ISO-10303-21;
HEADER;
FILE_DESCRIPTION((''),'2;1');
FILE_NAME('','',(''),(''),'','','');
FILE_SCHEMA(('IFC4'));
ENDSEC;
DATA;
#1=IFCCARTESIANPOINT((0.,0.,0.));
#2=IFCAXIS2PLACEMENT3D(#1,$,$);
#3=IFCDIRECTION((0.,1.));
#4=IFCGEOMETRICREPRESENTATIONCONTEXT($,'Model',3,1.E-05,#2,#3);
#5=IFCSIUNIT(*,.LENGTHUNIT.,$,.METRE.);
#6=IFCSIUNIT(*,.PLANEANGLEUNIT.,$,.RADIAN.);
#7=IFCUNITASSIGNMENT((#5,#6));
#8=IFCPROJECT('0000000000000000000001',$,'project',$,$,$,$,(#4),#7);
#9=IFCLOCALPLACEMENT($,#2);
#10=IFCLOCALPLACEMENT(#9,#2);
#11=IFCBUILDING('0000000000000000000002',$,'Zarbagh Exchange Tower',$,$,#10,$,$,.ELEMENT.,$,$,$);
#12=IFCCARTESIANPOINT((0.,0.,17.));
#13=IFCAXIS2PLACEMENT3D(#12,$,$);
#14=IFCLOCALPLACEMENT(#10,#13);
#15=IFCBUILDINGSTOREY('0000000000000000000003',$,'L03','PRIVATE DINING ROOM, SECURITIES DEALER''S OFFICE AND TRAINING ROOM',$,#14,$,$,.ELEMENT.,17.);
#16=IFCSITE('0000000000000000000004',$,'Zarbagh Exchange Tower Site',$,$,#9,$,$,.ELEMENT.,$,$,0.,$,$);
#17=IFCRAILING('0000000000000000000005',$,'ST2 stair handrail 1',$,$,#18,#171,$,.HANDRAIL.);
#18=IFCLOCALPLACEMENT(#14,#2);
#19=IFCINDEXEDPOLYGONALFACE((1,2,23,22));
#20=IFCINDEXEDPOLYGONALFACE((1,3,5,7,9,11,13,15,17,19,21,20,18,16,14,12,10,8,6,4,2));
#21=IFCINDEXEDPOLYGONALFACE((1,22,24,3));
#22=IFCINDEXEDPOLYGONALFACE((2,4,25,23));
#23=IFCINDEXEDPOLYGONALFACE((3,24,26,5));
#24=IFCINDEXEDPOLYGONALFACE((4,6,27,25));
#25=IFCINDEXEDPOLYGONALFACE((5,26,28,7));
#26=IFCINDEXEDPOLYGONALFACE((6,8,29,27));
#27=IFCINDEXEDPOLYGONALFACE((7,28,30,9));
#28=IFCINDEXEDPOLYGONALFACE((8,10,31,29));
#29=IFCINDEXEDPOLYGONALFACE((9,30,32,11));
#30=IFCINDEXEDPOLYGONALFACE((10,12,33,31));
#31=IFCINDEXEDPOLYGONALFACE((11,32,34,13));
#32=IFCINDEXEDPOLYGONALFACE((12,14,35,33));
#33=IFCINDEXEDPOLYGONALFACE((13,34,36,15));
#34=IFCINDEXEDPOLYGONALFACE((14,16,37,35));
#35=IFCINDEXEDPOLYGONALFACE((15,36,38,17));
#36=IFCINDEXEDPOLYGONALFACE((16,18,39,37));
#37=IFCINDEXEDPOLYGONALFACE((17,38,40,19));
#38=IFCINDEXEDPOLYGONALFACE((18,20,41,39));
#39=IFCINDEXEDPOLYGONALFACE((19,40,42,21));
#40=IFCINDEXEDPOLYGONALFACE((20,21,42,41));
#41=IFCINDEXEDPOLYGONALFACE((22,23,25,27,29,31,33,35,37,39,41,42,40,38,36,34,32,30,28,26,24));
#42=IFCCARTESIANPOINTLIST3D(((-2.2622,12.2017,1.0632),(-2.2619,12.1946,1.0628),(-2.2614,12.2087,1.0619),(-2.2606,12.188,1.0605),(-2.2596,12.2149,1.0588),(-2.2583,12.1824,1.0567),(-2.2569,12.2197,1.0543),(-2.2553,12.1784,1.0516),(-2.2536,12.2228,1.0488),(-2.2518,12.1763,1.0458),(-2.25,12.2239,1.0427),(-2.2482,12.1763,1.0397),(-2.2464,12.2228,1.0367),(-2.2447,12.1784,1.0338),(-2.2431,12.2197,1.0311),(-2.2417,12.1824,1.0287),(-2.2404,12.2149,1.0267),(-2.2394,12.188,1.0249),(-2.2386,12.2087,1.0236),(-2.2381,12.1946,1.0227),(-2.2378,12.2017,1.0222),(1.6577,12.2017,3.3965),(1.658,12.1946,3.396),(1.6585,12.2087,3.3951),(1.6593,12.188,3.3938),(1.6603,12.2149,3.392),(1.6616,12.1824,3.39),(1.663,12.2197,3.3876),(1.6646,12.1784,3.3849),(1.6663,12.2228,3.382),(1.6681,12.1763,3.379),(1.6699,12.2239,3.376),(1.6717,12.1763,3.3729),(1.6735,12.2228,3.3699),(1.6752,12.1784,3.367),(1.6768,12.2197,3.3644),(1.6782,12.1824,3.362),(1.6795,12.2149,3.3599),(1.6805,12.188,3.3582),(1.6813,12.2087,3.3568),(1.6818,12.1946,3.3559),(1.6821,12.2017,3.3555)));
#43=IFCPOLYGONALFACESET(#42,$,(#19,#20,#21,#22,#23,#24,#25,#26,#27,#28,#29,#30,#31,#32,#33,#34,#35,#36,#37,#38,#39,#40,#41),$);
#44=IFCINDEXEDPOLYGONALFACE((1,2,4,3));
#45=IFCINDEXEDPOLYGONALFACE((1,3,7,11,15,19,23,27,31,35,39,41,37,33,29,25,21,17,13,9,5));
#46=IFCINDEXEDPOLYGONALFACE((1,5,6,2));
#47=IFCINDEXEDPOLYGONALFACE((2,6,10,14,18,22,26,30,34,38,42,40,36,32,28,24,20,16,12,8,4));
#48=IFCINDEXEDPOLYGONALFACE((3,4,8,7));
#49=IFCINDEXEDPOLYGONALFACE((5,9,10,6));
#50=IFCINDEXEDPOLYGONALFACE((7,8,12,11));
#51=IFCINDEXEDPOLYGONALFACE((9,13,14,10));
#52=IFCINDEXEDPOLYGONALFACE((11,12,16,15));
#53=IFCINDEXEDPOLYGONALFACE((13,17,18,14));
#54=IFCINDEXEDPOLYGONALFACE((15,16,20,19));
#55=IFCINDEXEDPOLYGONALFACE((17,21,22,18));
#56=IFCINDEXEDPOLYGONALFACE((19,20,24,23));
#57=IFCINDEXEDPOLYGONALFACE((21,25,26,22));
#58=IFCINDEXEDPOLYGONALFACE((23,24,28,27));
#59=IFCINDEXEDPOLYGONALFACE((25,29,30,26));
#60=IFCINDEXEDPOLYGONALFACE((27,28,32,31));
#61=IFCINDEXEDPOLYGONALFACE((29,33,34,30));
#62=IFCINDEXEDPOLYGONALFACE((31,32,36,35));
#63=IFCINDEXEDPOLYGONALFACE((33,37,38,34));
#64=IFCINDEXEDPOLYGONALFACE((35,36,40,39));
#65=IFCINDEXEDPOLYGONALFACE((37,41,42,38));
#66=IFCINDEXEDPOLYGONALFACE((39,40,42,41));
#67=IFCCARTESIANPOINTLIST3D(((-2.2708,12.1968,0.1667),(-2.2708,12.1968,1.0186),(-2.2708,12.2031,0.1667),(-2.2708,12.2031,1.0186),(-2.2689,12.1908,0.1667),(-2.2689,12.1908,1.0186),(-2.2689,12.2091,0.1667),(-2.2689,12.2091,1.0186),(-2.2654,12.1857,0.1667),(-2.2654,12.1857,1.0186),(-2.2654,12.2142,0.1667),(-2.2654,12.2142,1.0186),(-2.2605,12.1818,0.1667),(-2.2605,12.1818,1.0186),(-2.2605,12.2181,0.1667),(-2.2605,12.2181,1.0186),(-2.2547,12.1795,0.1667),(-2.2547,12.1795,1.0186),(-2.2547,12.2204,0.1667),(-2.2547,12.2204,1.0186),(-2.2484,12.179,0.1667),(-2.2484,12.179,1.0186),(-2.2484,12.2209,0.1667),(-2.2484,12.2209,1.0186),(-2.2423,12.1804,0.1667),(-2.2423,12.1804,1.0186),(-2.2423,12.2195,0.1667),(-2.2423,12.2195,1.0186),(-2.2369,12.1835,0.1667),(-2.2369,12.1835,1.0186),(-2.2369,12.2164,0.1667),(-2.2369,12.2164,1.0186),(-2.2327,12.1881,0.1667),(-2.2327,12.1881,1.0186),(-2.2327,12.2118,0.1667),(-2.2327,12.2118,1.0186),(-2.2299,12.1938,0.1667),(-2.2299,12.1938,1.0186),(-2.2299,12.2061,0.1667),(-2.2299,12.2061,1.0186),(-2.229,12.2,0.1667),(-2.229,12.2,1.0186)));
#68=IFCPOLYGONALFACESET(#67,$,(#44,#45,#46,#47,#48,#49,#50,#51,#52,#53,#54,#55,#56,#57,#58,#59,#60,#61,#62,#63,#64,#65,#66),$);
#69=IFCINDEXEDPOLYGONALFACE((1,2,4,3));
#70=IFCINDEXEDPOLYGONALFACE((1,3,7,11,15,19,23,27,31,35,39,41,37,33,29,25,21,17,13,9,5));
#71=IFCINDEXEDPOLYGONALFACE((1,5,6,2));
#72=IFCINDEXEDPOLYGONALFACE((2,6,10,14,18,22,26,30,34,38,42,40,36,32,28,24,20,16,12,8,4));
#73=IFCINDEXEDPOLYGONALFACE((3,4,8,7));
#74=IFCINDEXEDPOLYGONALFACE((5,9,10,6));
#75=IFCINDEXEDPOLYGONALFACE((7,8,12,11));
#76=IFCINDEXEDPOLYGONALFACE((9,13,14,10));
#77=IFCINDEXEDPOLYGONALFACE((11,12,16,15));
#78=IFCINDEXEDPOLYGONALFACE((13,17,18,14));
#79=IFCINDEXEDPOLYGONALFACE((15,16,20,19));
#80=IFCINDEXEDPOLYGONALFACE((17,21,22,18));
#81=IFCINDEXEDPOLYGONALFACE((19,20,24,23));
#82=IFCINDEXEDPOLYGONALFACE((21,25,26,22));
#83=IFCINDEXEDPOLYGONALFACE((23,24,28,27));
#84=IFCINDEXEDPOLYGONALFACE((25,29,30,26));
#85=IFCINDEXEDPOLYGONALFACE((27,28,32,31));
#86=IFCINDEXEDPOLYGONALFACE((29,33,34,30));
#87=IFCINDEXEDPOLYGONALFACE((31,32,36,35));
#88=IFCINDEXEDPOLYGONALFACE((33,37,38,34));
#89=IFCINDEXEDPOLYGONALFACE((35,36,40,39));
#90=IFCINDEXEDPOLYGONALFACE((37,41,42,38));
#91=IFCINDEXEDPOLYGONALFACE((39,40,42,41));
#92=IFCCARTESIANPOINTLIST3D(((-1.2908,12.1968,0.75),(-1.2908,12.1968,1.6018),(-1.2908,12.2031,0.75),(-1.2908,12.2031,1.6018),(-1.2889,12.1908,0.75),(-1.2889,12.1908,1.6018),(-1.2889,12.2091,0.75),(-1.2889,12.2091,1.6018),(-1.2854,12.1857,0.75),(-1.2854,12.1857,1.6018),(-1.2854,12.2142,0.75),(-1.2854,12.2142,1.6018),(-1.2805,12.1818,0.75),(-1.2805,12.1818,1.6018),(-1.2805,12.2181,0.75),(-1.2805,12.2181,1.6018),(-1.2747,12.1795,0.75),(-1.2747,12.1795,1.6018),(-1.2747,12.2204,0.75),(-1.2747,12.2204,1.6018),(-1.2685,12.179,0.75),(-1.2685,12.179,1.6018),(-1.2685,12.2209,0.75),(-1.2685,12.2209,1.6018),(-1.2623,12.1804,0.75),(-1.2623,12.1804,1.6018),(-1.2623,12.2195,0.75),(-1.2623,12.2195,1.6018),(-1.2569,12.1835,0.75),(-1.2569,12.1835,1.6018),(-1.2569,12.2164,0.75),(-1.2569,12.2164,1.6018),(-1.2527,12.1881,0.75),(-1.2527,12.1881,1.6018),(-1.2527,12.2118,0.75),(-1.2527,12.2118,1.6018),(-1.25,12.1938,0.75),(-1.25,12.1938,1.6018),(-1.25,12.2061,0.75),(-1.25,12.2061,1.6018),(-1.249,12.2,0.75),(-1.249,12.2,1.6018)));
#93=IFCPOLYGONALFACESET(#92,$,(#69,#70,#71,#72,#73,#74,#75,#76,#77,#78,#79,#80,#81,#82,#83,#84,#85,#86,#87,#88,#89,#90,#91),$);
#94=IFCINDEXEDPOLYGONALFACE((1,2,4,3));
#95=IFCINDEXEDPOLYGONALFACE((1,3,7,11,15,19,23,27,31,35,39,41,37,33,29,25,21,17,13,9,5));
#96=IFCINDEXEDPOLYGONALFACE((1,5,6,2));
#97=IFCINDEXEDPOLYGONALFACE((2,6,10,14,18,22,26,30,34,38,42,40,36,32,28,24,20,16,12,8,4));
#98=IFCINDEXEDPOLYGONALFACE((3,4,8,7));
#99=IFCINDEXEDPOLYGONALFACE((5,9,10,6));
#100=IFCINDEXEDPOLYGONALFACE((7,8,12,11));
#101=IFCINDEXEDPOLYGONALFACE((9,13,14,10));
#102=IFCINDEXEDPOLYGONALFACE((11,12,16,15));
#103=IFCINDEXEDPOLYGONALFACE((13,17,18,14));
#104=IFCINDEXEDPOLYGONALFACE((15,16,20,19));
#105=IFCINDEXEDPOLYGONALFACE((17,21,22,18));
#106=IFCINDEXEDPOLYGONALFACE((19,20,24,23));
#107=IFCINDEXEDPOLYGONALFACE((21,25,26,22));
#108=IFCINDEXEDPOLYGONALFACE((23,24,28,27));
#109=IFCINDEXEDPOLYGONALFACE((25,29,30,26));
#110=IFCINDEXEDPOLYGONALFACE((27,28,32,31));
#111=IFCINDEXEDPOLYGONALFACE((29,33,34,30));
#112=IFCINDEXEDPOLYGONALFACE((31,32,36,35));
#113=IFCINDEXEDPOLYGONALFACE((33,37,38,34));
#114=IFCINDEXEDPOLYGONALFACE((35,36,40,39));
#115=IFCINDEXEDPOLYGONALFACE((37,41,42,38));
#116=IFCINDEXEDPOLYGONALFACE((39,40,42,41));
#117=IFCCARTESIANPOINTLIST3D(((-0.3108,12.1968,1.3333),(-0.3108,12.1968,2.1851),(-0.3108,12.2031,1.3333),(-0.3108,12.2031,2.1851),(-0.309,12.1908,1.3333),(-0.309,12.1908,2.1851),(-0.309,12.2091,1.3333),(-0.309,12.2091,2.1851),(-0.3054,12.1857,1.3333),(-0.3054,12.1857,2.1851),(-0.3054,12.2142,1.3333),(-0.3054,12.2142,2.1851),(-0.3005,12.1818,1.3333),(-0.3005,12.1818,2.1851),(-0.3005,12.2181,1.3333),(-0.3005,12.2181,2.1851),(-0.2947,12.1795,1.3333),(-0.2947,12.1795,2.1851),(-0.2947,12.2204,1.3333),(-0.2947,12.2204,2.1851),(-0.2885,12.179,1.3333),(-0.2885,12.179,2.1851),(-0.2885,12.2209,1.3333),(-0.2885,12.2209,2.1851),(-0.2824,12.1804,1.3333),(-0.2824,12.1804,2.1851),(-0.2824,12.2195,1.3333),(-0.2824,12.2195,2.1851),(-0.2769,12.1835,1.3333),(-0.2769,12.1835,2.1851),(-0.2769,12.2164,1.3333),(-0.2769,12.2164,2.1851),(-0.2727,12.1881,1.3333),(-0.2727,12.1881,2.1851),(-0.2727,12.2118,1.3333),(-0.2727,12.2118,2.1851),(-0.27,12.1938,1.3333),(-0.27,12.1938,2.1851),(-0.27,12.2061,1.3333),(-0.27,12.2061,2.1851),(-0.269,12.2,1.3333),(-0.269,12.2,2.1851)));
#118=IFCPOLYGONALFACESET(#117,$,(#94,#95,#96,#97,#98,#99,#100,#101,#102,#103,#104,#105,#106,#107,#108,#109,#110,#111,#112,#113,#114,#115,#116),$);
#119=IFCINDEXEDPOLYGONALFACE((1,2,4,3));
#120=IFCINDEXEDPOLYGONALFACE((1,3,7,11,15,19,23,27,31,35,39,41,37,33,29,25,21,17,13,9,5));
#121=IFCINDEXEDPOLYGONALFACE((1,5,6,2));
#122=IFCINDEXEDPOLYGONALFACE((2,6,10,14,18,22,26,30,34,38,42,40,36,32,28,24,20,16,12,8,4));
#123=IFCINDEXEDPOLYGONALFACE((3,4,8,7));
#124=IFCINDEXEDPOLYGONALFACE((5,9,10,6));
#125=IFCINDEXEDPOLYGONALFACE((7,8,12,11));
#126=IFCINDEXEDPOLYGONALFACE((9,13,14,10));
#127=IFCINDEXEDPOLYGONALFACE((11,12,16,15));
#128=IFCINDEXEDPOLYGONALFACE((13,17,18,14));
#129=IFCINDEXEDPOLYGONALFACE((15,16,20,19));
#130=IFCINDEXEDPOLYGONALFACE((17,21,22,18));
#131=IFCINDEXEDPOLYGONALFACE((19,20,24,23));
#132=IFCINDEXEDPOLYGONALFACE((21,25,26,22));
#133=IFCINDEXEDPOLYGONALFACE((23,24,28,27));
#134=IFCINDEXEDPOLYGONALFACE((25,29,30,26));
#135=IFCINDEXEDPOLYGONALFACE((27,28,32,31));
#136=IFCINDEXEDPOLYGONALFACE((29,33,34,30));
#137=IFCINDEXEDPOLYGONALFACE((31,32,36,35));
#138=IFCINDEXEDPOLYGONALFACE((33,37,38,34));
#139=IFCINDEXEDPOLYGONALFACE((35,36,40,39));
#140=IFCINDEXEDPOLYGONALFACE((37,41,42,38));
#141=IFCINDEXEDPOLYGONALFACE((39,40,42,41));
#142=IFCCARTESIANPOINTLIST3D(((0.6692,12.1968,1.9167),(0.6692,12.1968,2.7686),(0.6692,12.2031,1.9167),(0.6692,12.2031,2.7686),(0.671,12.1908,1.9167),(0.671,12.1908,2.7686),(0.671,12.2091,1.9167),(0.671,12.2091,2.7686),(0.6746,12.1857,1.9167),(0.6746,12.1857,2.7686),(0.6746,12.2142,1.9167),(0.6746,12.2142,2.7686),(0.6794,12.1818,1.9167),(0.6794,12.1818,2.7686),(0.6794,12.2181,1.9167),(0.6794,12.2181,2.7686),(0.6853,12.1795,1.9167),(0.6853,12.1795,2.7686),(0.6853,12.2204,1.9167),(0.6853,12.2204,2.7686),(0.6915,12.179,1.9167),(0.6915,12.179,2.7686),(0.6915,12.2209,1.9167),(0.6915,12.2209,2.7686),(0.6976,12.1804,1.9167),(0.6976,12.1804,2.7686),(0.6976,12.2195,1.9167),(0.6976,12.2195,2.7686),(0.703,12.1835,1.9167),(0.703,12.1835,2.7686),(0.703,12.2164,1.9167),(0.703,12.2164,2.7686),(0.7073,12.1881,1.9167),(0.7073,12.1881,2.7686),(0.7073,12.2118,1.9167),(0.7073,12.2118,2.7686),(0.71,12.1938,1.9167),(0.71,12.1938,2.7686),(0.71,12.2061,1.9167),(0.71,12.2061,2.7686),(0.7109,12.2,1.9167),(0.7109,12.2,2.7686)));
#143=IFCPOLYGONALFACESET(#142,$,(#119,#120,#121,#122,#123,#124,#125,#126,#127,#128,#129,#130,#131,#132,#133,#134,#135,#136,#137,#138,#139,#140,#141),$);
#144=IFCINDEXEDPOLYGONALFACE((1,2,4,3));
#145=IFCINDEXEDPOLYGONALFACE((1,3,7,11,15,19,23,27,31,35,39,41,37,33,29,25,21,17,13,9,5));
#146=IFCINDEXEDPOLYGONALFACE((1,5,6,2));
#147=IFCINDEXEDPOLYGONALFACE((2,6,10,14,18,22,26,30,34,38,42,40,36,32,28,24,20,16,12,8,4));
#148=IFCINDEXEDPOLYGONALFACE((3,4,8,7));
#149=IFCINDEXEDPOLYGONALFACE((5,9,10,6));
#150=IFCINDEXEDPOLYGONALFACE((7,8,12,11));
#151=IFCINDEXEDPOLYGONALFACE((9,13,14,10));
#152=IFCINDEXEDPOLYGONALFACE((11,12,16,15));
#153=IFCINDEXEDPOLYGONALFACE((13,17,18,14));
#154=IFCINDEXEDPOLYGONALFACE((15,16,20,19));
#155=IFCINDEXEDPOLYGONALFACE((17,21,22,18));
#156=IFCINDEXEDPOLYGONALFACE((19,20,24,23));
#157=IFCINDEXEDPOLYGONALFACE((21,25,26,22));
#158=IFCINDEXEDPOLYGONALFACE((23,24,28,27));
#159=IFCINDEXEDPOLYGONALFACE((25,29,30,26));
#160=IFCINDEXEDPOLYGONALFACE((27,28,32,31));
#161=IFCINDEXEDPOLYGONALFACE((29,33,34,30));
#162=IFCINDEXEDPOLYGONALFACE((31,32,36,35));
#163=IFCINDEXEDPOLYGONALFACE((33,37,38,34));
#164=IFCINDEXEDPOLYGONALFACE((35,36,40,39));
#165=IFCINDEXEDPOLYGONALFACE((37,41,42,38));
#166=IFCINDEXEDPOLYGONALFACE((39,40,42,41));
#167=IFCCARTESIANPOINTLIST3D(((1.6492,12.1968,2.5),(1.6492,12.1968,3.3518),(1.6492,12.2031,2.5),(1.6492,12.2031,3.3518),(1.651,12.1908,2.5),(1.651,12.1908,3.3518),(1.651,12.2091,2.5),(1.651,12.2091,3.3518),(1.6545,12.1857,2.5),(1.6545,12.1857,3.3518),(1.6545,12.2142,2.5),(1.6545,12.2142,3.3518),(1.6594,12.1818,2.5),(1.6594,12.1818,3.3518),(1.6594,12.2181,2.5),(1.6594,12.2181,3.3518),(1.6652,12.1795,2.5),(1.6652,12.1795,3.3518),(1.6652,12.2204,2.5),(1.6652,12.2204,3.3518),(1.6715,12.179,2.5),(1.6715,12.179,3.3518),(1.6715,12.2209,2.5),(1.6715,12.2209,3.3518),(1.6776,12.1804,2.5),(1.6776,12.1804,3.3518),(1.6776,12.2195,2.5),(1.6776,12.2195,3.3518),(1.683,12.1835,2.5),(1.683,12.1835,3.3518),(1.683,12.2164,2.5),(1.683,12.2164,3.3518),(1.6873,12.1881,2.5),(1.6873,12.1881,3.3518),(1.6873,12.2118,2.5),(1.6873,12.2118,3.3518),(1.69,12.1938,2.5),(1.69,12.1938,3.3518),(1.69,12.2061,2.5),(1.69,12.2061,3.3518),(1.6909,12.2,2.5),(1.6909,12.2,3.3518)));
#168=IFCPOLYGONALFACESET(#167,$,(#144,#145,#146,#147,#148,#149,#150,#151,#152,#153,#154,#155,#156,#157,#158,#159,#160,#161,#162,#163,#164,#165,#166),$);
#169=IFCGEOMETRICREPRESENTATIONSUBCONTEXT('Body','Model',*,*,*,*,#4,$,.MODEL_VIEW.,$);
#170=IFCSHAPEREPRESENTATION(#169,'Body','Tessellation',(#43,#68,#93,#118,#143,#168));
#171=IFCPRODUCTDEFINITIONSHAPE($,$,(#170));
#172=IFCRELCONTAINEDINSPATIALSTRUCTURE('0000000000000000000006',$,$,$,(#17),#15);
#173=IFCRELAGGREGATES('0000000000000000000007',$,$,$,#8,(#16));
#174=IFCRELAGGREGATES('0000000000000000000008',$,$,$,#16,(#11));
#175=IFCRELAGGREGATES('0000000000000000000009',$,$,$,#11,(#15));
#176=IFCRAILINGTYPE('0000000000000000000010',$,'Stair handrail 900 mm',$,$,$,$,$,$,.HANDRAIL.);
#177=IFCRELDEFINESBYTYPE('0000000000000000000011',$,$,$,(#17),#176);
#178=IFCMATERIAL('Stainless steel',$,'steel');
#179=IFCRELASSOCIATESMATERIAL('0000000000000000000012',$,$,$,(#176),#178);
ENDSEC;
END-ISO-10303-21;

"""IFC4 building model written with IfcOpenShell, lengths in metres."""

from ifc_helpers import new_model, si_unit, direction, frame, origin, origin_2d, place, context, subcontext, project, spatial, circle, extrude, material, type_object, element, save


model = new_model("IFC4")

# Units and contexts
model_context = context("Model", 3, precision=1e-05, world=origin(), true_north=direction((0.0, 1.0)))
body_context = subcontext(model_context, "Body", "Model", "MODEL_VIEW")
ifc_project = project(units=[si_unit("LENGTHUNIT", "METRE"), si_unit("PLANEANGLEUNIT", "RADIAN")], contexts=[model_context])

# Site, building, storey
site_placement = place(None, origin())
site = spatial("IfcSite", under=ifc_project, at=site_placement, Name="Zarbagh Exchange Tower Site", CompositionType="ELEMENT", RefElevation=0.0)
building_placement = place(site_placement, origin())
building = spatial("IfcBuilding", under=site, at=building_placement, Name="Zarbagh Exchange Tower", CompositionType="ELEMENT")
storey_placement = place(building_placement, frame((0.0, 0.0, 17.0)))
storey = spatial("IfcBuildingStorey", under=building, at=storey_placement, Name="L03", Description="PRIVATE DINING ROOM, SECURITIES DEALER'S OFFICE AND TRAINING ROOM", CompositionType="ELEMENT", Elevation=17.0)

# Shared definitions
ifc_material_1 = material(Name="Stainless steel", Category="steel")

# Railing
railing_type_1 = type_object("IfcRailingType", Name="Stair handrail 900 mm", PredefinedType="HANDRAIL", material=ifc_material_1)
for number, where, name in (
    (1, (-2.25, 12.2, 0.1667), "ST2 stair handrail 1"),
):
    element("IfcRailing", number, at=place(storey_placement, frame(where)), inside=storey, type_object=railing_type_1, Name=name, PredefinedType="HANDRAIL", context=body_context, shape_type="SweptSolid", body=[
        extrude(circle(Radius=0.0239, at=origin_2d()), frame((0.0, 0.0, 0.876), z_axis=(0.859296, 0.0, 0.511478), x_axis=(0.0, 1.0, 0.0)), (0.0, 0.0, 1.0), 4.5618),
        extrude(circle(Radius=0.021, at=origin_2d()), origin(), (0.0, 0.0, 1.0), 0.8518),
        extrude(circle(Radius=0.021, at=origin_2d()), frame((0.98, 0.0, 0.5833)), (0.0, 0.0, 1.0), 0.8518),
        extrude(circle(Radius=0.021, at=origin_2d()), frame((1.96, 0.0, 1.1665)), (0.0, 0.0, 1.0), 0.8518),
        extrude(circle(Radius=0.021, at=origin_2d()), frame((2.9399, 0.0, 1.75)), (0.0, 0.0, 1.0), 0.8518),
        extrude(circle(Radius=0.021, at=origin_2d()), frame((3.9199, 0.0, 2.3333)), (0.0, 0.0, 1.0), 0.8518),
    ])

save(model, "model.ifc")
